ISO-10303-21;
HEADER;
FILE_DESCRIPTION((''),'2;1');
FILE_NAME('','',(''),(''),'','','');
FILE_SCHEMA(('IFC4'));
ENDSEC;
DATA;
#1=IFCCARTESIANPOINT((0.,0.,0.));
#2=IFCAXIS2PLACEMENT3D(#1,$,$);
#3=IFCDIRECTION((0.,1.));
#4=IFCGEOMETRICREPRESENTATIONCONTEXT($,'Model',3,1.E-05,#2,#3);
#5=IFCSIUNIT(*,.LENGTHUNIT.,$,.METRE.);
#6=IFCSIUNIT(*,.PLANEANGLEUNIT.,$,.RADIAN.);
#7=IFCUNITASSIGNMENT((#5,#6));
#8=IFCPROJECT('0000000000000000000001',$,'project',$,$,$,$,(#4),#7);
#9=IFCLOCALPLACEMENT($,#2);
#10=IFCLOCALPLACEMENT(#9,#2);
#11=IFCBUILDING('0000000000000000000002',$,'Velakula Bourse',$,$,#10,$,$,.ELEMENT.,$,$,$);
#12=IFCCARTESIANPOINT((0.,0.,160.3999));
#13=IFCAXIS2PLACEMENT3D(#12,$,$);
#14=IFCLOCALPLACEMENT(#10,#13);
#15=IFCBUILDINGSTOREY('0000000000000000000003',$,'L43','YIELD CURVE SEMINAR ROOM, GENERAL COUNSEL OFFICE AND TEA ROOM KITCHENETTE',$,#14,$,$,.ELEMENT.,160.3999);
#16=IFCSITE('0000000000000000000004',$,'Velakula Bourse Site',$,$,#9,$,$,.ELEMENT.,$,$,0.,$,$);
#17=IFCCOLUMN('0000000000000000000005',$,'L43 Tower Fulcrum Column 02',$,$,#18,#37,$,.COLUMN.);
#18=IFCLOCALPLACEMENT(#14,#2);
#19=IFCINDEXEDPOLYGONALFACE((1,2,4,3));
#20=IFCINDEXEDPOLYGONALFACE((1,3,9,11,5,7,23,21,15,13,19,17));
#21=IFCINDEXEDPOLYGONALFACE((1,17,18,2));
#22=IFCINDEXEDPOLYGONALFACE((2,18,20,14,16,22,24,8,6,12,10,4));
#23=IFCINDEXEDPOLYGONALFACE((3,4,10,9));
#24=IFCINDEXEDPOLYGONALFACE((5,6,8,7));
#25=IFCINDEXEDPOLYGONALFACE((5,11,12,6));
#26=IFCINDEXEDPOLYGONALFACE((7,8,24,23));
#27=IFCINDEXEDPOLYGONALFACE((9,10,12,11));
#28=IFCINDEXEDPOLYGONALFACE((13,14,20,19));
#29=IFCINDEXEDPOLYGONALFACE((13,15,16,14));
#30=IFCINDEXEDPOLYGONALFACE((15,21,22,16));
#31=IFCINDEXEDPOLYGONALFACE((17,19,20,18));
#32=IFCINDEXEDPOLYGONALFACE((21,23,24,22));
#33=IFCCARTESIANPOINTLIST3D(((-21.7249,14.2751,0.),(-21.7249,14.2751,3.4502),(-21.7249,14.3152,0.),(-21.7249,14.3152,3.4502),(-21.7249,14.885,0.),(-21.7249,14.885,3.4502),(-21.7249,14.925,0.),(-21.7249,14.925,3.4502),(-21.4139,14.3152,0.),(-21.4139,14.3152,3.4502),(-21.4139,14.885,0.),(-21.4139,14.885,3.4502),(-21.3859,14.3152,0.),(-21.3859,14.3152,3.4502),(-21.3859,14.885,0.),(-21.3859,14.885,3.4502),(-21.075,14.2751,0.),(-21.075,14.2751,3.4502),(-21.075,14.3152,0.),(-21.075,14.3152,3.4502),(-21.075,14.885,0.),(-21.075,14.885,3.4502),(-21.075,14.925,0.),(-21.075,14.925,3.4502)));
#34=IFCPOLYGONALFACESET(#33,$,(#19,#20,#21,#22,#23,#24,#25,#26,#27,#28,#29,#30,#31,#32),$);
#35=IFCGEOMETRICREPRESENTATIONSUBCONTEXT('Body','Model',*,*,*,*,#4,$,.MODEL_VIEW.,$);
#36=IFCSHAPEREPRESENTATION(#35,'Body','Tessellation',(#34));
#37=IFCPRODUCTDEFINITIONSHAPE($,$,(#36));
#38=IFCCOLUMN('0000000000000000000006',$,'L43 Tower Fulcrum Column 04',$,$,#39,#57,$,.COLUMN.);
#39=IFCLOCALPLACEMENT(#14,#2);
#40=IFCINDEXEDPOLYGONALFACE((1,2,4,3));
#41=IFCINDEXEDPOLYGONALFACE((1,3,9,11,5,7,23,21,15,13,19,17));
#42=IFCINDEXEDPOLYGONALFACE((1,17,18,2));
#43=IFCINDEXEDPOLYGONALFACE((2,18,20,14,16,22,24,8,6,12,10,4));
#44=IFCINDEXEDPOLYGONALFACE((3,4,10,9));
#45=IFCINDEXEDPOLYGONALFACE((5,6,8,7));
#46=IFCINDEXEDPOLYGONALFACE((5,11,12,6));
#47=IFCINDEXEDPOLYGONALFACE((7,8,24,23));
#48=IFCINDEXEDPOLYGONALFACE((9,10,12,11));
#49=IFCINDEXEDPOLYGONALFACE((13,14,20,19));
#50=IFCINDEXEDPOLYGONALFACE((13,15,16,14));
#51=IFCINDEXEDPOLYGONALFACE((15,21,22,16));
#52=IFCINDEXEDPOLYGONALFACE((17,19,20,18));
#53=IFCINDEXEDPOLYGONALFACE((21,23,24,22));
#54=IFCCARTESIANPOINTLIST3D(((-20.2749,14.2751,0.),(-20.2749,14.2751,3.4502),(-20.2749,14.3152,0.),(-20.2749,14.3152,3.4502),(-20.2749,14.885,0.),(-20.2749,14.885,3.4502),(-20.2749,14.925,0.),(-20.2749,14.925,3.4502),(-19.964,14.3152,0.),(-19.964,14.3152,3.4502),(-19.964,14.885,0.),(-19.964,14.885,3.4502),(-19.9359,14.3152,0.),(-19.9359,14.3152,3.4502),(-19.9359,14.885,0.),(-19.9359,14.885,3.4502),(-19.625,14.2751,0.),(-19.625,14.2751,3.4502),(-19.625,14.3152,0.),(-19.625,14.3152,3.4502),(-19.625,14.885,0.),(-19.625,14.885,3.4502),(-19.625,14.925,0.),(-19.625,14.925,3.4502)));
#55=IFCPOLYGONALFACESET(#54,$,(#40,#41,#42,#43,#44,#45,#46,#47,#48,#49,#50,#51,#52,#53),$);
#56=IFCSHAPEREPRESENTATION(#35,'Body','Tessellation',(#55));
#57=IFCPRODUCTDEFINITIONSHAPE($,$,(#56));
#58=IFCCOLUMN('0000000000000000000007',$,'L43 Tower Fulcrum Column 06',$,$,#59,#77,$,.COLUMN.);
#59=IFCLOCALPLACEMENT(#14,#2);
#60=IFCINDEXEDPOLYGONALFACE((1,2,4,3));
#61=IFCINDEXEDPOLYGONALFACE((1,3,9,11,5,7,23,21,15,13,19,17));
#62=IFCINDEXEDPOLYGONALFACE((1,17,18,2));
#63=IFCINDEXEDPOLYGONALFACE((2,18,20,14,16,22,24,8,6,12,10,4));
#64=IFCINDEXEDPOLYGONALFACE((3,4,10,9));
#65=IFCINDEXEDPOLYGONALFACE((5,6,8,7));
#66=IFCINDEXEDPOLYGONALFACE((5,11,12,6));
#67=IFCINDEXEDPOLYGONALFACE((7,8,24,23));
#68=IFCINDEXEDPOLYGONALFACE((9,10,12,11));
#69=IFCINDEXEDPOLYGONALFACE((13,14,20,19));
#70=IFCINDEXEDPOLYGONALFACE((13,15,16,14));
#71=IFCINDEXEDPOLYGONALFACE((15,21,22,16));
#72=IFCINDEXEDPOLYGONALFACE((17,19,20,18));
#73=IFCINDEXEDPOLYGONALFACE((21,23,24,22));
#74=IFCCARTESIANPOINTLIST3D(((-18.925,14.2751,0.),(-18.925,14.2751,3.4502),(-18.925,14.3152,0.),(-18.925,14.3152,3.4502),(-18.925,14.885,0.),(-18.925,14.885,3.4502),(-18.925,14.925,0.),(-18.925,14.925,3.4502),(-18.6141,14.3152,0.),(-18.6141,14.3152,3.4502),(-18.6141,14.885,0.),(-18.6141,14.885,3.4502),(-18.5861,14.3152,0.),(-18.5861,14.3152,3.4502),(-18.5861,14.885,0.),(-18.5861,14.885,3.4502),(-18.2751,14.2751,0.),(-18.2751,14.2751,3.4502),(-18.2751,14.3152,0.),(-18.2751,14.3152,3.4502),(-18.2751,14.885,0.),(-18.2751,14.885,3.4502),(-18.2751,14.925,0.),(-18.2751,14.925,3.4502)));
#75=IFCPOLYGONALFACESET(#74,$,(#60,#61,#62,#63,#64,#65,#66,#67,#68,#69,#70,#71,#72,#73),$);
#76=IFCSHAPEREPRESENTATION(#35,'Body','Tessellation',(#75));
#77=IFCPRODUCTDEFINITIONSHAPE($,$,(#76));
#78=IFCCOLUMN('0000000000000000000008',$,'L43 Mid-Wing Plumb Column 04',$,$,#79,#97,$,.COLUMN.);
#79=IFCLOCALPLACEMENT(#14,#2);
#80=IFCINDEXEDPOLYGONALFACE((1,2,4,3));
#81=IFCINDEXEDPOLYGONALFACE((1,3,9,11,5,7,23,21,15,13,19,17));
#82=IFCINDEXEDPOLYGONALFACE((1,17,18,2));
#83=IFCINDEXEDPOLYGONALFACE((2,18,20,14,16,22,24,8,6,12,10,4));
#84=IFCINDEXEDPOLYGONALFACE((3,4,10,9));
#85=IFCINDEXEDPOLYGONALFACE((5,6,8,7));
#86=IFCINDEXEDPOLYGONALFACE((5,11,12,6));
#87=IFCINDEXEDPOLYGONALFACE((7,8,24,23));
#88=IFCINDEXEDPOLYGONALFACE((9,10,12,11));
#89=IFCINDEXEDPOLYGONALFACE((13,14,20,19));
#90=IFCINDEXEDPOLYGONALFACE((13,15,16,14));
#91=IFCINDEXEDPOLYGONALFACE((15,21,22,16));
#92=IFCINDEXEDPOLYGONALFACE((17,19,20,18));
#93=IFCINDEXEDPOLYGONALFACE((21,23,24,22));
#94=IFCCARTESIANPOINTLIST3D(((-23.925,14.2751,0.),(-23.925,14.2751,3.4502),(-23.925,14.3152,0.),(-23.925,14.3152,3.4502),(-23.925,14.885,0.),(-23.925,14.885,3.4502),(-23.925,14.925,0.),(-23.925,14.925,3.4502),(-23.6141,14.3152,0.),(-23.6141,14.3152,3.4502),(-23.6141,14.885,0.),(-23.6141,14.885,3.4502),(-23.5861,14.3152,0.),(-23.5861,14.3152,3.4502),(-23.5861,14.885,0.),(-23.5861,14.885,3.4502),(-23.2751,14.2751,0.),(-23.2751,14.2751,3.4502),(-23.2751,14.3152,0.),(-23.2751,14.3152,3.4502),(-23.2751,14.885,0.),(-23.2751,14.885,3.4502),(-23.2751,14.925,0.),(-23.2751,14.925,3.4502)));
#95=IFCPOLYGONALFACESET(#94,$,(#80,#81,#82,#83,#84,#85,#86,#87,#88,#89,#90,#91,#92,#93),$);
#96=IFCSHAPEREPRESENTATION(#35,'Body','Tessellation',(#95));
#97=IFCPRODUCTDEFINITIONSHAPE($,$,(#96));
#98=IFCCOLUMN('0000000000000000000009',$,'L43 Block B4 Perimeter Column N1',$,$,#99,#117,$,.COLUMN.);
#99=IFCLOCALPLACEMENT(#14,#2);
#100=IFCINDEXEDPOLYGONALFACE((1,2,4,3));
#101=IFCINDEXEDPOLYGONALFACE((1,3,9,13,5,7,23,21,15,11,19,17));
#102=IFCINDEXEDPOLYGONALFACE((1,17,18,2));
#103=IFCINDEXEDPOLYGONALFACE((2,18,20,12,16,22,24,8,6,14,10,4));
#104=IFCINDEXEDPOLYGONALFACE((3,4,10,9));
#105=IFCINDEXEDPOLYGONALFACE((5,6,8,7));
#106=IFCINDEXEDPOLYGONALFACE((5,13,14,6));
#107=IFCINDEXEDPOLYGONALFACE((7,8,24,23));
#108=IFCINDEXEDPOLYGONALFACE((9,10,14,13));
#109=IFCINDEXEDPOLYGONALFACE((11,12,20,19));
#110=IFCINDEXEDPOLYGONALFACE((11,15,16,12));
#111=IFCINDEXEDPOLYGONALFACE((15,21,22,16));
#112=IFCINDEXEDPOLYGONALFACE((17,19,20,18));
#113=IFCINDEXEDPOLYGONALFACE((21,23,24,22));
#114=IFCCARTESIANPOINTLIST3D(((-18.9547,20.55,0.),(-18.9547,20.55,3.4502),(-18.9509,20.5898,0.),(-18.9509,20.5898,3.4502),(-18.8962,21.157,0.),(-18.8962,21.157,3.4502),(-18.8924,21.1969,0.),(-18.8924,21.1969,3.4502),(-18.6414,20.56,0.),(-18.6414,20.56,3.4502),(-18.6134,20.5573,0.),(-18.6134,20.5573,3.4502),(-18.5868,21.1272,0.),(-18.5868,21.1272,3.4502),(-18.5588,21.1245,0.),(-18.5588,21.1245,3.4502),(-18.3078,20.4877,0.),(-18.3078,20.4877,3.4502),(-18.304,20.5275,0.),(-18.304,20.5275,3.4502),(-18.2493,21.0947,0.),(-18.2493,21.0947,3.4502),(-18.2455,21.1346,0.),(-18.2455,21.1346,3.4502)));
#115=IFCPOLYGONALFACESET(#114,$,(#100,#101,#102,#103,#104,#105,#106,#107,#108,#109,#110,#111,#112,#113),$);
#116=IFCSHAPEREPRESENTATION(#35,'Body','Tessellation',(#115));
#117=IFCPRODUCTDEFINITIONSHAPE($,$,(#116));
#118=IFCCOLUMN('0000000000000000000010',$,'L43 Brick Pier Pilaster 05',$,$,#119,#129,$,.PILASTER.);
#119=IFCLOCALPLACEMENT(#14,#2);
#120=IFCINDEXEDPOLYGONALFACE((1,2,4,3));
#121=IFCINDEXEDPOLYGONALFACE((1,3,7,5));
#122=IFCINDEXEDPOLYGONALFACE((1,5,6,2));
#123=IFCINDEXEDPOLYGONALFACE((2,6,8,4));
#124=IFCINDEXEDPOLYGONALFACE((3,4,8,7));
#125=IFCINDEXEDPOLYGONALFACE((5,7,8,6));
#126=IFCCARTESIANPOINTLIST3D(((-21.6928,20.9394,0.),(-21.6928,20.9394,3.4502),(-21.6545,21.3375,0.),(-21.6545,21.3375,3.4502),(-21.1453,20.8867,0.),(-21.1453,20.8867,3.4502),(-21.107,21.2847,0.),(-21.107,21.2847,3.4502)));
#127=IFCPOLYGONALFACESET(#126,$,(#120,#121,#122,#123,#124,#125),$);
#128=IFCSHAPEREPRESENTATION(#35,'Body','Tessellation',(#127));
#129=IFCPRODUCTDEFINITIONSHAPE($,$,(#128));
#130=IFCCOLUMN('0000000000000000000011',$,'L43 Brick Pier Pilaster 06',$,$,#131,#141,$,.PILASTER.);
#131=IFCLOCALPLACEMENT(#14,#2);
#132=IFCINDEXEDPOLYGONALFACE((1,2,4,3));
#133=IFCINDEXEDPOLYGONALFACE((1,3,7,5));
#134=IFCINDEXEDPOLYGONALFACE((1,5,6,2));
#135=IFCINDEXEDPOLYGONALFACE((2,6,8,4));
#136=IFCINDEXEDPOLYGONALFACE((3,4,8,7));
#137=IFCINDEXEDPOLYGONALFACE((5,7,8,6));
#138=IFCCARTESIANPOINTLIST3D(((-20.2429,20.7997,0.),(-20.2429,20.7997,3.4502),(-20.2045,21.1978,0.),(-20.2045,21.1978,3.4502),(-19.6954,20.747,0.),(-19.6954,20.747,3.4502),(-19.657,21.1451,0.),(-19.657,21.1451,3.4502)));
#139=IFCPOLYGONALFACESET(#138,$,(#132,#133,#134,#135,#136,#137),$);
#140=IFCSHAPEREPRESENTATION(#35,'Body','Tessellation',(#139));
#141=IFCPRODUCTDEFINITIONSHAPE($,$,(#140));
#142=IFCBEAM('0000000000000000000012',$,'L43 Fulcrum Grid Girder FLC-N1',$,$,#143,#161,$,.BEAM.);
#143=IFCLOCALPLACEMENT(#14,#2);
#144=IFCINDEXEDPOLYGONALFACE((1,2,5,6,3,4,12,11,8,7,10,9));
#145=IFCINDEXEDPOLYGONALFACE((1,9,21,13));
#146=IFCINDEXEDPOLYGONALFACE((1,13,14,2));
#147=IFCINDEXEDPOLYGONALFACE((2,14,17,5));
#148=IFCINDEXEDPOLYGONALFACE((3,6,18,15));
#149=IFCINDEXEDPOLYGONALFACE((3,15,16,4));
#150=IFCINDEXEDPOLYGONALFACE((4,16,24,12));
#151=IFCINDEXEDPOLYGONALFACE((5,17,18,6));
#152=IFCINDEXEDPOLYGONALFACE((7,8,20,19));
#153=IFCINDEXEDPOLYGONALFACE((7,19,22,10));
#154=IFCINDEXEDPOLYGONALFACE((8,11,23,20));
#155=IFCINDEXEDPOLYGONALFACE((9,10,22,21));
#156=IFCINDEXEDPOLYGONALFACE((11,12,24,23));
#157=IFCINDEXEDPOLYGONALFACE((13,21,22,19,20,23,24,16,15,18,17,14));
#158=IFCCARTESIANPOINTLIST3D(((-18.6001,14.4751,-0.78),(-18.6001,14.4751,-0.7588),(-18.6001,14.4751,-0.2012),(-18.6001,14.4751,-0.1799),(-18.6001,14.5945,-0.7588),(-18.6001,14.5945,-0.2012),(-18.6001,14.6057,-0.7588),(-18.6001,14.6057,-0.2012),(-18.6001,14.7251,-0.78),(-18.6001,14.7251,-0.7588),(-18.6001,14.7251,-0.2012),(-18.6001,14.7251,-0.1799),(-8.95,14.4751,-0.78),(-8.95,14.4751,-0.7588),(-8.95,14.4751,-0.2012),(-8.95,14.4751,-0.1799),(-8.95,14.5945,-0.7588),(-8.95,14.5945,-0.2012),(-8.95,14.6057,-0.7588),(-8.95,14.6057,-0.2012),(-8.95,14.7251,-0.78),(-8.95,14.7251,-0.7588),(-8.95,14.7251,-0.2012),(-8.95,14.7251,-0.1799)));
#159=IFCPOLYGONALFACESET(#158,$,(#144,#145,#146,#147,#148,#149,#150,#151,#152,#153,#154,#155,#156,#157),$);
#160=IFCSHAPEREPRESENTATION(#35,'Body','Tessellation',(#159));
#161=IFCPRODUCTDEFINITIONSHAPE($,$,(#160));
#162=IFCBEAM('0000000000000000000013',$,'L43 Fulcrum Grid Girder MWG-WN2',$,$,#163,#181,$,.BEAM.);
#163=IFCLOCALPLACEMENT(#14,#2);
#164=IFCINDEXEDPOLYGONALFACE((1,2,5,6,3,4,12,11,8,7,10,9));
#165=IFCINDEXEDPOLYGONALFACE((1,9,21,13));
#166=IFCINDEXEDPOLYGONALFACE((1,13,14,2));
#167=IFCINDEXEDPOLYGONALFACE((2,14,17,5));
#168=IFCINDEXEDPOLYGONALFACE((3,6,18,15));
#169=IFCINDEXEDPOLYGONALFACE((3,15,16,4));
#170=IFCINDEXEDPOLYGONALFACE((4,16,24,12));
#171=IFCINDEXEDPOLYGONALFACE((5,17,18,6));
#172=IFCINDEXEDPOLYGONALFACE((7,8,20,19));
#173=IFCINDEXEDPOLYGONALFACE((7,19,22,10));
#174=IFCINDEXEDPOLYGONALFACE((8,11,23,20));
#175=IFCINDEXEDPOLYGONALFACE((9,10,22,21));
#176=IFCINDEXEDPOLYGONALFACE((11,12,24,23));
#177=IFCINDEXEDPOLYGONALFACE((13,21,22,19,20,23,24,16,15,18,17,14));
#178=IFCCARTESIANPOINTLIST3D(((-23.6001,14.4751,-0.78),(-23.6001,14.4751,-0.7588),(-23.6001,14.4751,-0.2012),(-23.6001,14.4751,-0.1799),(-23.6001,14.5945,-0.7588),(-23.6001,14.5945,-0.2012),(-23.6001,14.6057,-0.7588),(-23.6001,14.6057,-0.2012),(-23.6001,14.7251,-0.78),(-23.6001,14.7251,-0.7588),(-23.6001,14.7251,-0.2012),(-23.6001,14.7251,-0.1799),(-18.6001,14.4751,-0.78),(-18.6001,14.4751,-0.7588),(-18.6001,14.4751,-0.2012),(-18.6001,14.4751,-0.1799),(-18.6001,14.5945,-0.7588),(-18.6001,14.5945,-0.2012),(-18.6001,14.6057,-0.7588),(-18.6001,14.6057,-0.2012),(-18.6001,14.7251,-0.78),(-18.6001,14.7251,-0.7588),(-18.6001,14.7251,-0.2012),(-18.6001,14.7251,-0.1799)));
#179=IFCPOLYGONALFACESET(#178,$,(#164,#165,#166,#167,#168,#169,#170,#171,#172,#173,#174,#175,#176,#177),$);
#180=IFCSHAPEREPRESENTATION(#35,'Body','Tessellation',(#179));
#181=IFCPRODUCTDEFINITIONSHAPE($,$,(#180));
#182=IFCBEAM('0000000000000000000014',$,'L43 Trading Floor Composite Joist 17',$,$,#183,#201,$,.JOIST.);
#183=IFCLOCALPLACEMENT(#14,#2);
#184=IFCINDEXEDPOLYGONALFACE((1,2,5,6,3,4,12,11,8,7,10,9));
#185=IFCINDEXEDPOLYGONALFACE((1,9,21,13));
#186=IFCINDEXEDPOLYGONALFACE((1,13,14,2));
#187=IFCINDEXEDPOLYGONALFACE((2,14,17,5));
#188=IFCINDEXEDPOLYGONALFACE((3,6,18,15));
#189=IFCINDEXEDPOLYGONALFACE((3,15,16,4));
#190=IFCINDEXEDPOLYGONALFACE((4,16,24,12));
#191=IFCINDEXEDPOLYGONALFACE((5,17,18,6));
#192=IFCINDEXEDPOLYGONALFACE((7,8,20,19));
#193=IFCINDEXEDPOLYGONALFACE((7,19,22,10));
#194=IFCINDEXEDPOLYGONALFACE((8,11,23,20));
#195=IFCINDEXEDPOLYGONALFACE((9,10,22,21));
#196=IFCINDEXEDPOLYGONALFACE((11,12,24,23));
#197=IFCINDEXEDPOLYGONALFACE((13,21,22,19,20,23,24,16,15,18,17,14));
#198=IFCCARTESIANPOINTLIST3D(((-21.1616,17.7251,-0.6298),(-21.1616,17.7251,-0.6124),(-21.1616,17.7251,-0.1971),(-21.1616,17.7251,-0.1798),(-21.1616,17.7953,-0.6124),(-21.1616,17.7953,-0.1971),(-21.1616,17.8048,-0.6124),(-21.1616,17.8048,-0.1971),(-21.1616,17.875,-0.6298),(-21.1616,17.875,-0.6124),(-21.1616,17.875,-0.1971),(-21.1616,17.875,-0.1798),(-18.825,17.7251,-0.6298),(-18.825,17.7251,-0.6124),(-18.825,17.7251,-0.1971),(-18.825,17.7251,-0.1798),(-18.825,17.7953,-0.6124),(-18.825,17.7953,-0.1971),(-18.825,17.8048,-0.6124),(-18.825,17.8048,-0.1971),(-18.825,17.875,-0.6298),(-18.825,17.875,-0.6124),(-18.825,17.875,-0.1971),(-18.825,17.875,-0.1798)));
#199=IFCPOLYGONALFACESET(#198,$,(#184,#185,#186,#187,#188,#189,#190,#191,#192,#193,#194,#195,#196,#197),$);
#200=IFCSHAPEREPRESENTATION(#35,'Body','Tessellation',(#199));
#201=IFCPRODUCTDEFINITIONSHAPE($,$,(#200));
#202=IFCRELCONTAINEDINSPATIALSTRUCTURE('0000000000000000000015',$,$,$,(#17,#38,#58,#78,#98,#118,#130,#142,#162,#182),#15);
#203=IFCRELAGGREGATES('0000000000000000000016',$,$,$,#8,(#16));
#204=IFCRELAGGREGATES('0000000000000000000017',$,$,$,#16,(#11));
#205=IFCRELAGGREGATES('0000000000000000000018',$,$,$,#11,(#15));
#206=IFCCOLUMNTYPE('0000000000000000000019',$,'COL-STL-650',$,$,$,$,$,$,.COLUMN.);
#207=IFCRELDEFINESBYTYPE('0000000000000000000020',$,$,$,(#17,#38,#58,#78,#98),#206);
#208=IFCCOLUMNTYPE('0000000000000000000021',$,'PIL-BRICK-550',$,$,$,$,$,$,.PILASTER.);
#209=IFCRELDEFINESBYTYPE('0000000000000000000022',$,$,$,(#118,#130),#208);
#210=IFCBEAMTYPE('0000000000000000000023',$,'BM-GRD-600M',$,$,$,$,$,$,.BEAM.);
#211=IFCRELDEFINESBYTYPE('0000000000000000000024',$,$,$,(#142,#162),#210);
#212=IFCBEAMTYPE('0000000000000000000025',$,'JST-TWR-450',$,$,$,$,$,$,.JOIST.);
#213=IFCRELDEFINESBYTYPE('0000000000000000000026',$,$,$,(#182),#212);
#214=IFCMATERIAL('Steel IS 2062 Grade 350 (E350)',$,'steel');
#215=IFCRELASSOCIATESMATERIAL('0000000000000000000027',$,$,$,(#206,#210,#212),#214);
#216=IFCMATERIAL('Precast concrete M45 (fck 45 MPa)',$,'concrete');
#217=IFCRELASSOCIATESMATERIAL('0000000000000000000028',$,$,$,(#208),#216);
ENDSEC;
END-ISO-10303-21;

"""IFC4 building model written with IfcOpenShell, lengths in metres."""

from ifc_helpers import new_model, si_unit, direction, frame, origin, origin_2d, place, context, subcontext, project, spatial, rectangle, i_section, extrude, material, material_profile, profile_set, type_object, element, save


model = new_model("IFC4")

# Units and contexts
model_context = context("Model", 3, precision=1e-05, world=origin(), true_north=direction((0.0, 1.0)))
body_context = subcontext(model_context, "Body", "Model", "MODEL_VIEW")
ifc_project = project(units=[si_unit("LENGTHUNIT", "METRE"), si_unit("PLANEANGLEUNIT", "RADIAN")], contexts=[model_context])

# Site, building, storey
site_placement = place(None, origin())
site = spatial("IfcSite", under=ifc_project, at=site_placement, Name="Velakula Bourse Site", CompositionType="ELEMENT", RefElevation=0.0)
building_placement = place(site_placement, origin())
building = spatial("IfcBuilding", under=site, at=building_placement, Name="Velakula Bourse", CompositionType="ELEMENT")
storey_placement = place(building_placement, frame((0.0, 0.0, 160.3999)))
storey = spatial("IfcBuildingStorey", under=building, at=storey_placement, Name="L43", Description="YIELD CURVE SEMINAR ROOM, GENERAL COUNSEL OFFICE AND TEA ROOM KITCHENETTE", CompositionType="ELEMENT", Elevation=160.3999)

# Columns
ifc_material_1 = material(Name="Steel IS 2062 Grade 350 (E350)", Category="steel")
ifc_material_profile_1 = material_profile(ifc_material_1, i_section(OverallWidth=0.6499, OverallDepth=0.6499, WebThickness=0.0281, FlangeThickness=0.04, at=origin_2d()), Name="Steel IS 2062 Grade 350 (E350)")
ifc_profile_set_1 = profile_set([ifc_material_profile_1], Name="Steel IS 2062 Grade 350 (E350)")
column_type_1 = type_object("IfcColumnType", Name="COL-STL-650", PredefinedType="COLUMN", material=ifc_profile_set_1)
for number, where, z_axis, x_axis, name in (
    (1, (-21.3999, 14.6001, 0.0), (0.0, 0.0, 1.0), (1.0, 0.0, 0.0), "L43 Tower Fulcrum Column 02"),
    (2, (-19.95, 14.6001, 0.0), (0.0, 0.0, 1.0), (1.0, 0.0, 0.0), "L43 Tower Fulcrum Column 04"),
    (3, (-18.6001, 14.6001, 0.0), (0.0, 0.0, 1.0), (1.0, 0.0, 0.0), "L43 Tower Fulcrum Column 06"),
    (4, (-23.6001, 14.6001, 0.0), (0.0, 0.0, 1.0), (1.0, 0.0, 0.0), "L43 Mid-Wing Plumb Column 04"),
    (5, (-18.6001, 20.8423, 0.0), (0.0, 0.0, 1.0), (0.995396, -0.095846, 0.0), "L43 Block B4 Perimeter Column N1"),
):
    element("IfcColumn", number, at=place(storey_placement, frame(where, z_axis=z_axis, x_axis=x_axis)), inside=storey, type_object=column_type_1, Name=name, PredefinedType="COLUMN", context=body_context, shape_type="SweptSolid", body=[
        extrude(i_section(OverallWidth=0.6499, OverallDepth=0.6499, WebThickness=0.0281, FlangeThickness=0.04, at=origin_2d()), origin(), (0.0, 0.0, 1.0), 3.4502),
    ])
ifc_material_2 = material(Name="Precast concrete M45 (fck 45 MPa)", Category="concrete")
ifc_material_profile_2 = material_profile(ifc_material_2, rectangle(XDim=0.55, YDim=0.3999, at=origin_2d()), Name="Precast concrete M45 (fck 45 MPa)")
ifc_profile_set_2 = profile_set([ifc_material_profile_2], Name="Precast concrete M45 (fck 45 MPa)")
column_type_2 = type_object("IfcColumnType", Name="PIL-BRICK-550", PredefinedType="PILASTER", material=ifc_profile_set_2)
for number, where, z_axis, x_axis, name in (
    (6, (-21.3999, 21.1121, 0.0), (0.0, 0.0, 1.0), (0.995396, -0.095846, 0.0), "L43 Brick Pier Pilaster 05"),
    (7, (-19.95, 20.9724, 0.0), (0.0, 0.0, 1.0), (0.995396, -0.095846, 0.0), "L43 Brick Pier Pilaster 06"),
):
    element("IfcColumn", number, at=place(storey_placement, frame(where, z_axis=z_axis, x_axis=x_axis)), inside=storey, type_object=column_type_2, Name=name, PredefinedType="PILASTER", context=body_context, shape_type="SweptSolid", body=[
        extrude(rectangle(XDim=0.55, YDim=0.3999, at=origin_2d()), origin(), (0.0, 0.0, 1.0), 3.4502),
    ])

# Beams
ifc_material_profile_3 = material_profile(ifc_material_1, i_section(OverallWidth=0.25, OverallDepth=0.6001, WebThickness=0.0112, FlangeThickness=0.0212, at=origin_2d()), Name="Steel IS 2062 Grade 350 (E350)")
ifc_profile_set_3 = profile_set([ifc_material_profile_3], Name="Steel IS 2062 Grade 350 (E350)")
beam_type_1 = type_object("IfcBeamType", Name="BM-GRD-600M", PredefinedType="BEAM", material=ifc_profile_set_3)
beam_1_placement = place(storey_placement, frame((-18.6001, 14.6001, -0.48), z_axis=(1.0, 0.0, 0.0), x_axis=(0.0, 1.0, 0.0)))
element("IfcBeam", 8, at=beam_1_placement, inside=storey, type_object=beam_type_1, Name="L43 Fulcrum Grid Girder FLC-N1", PredefinedType="BEAM", context=body_context, shape_type="SweptSolid", body=[
    extrude(i_section(OverallWidth=0.25, OverallDepth=0.6001, WebThickness=0.0112, FlangeThickness=0.0212, at=origin_2d()), origin(), (0.0, 0.0, 1.0), 9.6501),
])
beam_2_placement = place(storey_placement, frame((-23.6001, 14.6001, -0.48), z_axis=(1.0, 0.0, 0.0), x_axis=(0.0, 1.0, 0.0)))
element("IfcBeam", 9, at=beam_2_placement, inside=storey, type_object=beam_type_1, Name="L43 Fulcrum Grid Girder MWG-WN2", PredefinedType="BEAM", context=body_context, shape_type="SweptSolid", body=[
    extrude(i_section(OverallWidth=0.25, OverallDepth=0.6001, WebThickness=0.0112, FlangeThickness=0.0212, at=origin_2d()), origin(), (0.0, 0.0, 1.0), 5.0),
])
ifc_material_profile_4 = material_profile(ifc_material_1, i_section(OverallWidth=0.1499, OverallDepth=0.45, WebThickness=0.0095, FlangeThickness=0.0173, at=origin_2d()), Name="Steel IS 2062 Grade 350 (E350)")
ifc_profile_set_4 = profile_set([ifc_material_profile_4], Name="Steel IS 2062 Grade 350 (E350)")
beam_type_2 = type_object("IfcBeamType", Name="JST-TWR-450", PredefinedType="JOIST", material=ifc_profile_set_4)
beam_3_placement = place(storey_placement, frame((-21.1616, 17.8, -0.4048), z_axis=(1.0, 0.0, 0.0), x_axis=(0.0, 1.0, 0.0)))
element("IfcBeam", 10, at=beam_3_placement, inside=storey, type_object=beam_type_2, Name="L43 Trading Floor Composite Joist 17", PredefinedType="JOIST", context=body_context, shape_type="SweptSolid", body=[
    extrude(i_section(OverallWidth=0.1499, OverallDepth=0.45, WebThickness=0.0095, FlangeThickness=0.0173, at=origin_2d()), origin(), (0.0, 0.0, 1.0), 2.3367),
])

save(model, "model.ifc")
